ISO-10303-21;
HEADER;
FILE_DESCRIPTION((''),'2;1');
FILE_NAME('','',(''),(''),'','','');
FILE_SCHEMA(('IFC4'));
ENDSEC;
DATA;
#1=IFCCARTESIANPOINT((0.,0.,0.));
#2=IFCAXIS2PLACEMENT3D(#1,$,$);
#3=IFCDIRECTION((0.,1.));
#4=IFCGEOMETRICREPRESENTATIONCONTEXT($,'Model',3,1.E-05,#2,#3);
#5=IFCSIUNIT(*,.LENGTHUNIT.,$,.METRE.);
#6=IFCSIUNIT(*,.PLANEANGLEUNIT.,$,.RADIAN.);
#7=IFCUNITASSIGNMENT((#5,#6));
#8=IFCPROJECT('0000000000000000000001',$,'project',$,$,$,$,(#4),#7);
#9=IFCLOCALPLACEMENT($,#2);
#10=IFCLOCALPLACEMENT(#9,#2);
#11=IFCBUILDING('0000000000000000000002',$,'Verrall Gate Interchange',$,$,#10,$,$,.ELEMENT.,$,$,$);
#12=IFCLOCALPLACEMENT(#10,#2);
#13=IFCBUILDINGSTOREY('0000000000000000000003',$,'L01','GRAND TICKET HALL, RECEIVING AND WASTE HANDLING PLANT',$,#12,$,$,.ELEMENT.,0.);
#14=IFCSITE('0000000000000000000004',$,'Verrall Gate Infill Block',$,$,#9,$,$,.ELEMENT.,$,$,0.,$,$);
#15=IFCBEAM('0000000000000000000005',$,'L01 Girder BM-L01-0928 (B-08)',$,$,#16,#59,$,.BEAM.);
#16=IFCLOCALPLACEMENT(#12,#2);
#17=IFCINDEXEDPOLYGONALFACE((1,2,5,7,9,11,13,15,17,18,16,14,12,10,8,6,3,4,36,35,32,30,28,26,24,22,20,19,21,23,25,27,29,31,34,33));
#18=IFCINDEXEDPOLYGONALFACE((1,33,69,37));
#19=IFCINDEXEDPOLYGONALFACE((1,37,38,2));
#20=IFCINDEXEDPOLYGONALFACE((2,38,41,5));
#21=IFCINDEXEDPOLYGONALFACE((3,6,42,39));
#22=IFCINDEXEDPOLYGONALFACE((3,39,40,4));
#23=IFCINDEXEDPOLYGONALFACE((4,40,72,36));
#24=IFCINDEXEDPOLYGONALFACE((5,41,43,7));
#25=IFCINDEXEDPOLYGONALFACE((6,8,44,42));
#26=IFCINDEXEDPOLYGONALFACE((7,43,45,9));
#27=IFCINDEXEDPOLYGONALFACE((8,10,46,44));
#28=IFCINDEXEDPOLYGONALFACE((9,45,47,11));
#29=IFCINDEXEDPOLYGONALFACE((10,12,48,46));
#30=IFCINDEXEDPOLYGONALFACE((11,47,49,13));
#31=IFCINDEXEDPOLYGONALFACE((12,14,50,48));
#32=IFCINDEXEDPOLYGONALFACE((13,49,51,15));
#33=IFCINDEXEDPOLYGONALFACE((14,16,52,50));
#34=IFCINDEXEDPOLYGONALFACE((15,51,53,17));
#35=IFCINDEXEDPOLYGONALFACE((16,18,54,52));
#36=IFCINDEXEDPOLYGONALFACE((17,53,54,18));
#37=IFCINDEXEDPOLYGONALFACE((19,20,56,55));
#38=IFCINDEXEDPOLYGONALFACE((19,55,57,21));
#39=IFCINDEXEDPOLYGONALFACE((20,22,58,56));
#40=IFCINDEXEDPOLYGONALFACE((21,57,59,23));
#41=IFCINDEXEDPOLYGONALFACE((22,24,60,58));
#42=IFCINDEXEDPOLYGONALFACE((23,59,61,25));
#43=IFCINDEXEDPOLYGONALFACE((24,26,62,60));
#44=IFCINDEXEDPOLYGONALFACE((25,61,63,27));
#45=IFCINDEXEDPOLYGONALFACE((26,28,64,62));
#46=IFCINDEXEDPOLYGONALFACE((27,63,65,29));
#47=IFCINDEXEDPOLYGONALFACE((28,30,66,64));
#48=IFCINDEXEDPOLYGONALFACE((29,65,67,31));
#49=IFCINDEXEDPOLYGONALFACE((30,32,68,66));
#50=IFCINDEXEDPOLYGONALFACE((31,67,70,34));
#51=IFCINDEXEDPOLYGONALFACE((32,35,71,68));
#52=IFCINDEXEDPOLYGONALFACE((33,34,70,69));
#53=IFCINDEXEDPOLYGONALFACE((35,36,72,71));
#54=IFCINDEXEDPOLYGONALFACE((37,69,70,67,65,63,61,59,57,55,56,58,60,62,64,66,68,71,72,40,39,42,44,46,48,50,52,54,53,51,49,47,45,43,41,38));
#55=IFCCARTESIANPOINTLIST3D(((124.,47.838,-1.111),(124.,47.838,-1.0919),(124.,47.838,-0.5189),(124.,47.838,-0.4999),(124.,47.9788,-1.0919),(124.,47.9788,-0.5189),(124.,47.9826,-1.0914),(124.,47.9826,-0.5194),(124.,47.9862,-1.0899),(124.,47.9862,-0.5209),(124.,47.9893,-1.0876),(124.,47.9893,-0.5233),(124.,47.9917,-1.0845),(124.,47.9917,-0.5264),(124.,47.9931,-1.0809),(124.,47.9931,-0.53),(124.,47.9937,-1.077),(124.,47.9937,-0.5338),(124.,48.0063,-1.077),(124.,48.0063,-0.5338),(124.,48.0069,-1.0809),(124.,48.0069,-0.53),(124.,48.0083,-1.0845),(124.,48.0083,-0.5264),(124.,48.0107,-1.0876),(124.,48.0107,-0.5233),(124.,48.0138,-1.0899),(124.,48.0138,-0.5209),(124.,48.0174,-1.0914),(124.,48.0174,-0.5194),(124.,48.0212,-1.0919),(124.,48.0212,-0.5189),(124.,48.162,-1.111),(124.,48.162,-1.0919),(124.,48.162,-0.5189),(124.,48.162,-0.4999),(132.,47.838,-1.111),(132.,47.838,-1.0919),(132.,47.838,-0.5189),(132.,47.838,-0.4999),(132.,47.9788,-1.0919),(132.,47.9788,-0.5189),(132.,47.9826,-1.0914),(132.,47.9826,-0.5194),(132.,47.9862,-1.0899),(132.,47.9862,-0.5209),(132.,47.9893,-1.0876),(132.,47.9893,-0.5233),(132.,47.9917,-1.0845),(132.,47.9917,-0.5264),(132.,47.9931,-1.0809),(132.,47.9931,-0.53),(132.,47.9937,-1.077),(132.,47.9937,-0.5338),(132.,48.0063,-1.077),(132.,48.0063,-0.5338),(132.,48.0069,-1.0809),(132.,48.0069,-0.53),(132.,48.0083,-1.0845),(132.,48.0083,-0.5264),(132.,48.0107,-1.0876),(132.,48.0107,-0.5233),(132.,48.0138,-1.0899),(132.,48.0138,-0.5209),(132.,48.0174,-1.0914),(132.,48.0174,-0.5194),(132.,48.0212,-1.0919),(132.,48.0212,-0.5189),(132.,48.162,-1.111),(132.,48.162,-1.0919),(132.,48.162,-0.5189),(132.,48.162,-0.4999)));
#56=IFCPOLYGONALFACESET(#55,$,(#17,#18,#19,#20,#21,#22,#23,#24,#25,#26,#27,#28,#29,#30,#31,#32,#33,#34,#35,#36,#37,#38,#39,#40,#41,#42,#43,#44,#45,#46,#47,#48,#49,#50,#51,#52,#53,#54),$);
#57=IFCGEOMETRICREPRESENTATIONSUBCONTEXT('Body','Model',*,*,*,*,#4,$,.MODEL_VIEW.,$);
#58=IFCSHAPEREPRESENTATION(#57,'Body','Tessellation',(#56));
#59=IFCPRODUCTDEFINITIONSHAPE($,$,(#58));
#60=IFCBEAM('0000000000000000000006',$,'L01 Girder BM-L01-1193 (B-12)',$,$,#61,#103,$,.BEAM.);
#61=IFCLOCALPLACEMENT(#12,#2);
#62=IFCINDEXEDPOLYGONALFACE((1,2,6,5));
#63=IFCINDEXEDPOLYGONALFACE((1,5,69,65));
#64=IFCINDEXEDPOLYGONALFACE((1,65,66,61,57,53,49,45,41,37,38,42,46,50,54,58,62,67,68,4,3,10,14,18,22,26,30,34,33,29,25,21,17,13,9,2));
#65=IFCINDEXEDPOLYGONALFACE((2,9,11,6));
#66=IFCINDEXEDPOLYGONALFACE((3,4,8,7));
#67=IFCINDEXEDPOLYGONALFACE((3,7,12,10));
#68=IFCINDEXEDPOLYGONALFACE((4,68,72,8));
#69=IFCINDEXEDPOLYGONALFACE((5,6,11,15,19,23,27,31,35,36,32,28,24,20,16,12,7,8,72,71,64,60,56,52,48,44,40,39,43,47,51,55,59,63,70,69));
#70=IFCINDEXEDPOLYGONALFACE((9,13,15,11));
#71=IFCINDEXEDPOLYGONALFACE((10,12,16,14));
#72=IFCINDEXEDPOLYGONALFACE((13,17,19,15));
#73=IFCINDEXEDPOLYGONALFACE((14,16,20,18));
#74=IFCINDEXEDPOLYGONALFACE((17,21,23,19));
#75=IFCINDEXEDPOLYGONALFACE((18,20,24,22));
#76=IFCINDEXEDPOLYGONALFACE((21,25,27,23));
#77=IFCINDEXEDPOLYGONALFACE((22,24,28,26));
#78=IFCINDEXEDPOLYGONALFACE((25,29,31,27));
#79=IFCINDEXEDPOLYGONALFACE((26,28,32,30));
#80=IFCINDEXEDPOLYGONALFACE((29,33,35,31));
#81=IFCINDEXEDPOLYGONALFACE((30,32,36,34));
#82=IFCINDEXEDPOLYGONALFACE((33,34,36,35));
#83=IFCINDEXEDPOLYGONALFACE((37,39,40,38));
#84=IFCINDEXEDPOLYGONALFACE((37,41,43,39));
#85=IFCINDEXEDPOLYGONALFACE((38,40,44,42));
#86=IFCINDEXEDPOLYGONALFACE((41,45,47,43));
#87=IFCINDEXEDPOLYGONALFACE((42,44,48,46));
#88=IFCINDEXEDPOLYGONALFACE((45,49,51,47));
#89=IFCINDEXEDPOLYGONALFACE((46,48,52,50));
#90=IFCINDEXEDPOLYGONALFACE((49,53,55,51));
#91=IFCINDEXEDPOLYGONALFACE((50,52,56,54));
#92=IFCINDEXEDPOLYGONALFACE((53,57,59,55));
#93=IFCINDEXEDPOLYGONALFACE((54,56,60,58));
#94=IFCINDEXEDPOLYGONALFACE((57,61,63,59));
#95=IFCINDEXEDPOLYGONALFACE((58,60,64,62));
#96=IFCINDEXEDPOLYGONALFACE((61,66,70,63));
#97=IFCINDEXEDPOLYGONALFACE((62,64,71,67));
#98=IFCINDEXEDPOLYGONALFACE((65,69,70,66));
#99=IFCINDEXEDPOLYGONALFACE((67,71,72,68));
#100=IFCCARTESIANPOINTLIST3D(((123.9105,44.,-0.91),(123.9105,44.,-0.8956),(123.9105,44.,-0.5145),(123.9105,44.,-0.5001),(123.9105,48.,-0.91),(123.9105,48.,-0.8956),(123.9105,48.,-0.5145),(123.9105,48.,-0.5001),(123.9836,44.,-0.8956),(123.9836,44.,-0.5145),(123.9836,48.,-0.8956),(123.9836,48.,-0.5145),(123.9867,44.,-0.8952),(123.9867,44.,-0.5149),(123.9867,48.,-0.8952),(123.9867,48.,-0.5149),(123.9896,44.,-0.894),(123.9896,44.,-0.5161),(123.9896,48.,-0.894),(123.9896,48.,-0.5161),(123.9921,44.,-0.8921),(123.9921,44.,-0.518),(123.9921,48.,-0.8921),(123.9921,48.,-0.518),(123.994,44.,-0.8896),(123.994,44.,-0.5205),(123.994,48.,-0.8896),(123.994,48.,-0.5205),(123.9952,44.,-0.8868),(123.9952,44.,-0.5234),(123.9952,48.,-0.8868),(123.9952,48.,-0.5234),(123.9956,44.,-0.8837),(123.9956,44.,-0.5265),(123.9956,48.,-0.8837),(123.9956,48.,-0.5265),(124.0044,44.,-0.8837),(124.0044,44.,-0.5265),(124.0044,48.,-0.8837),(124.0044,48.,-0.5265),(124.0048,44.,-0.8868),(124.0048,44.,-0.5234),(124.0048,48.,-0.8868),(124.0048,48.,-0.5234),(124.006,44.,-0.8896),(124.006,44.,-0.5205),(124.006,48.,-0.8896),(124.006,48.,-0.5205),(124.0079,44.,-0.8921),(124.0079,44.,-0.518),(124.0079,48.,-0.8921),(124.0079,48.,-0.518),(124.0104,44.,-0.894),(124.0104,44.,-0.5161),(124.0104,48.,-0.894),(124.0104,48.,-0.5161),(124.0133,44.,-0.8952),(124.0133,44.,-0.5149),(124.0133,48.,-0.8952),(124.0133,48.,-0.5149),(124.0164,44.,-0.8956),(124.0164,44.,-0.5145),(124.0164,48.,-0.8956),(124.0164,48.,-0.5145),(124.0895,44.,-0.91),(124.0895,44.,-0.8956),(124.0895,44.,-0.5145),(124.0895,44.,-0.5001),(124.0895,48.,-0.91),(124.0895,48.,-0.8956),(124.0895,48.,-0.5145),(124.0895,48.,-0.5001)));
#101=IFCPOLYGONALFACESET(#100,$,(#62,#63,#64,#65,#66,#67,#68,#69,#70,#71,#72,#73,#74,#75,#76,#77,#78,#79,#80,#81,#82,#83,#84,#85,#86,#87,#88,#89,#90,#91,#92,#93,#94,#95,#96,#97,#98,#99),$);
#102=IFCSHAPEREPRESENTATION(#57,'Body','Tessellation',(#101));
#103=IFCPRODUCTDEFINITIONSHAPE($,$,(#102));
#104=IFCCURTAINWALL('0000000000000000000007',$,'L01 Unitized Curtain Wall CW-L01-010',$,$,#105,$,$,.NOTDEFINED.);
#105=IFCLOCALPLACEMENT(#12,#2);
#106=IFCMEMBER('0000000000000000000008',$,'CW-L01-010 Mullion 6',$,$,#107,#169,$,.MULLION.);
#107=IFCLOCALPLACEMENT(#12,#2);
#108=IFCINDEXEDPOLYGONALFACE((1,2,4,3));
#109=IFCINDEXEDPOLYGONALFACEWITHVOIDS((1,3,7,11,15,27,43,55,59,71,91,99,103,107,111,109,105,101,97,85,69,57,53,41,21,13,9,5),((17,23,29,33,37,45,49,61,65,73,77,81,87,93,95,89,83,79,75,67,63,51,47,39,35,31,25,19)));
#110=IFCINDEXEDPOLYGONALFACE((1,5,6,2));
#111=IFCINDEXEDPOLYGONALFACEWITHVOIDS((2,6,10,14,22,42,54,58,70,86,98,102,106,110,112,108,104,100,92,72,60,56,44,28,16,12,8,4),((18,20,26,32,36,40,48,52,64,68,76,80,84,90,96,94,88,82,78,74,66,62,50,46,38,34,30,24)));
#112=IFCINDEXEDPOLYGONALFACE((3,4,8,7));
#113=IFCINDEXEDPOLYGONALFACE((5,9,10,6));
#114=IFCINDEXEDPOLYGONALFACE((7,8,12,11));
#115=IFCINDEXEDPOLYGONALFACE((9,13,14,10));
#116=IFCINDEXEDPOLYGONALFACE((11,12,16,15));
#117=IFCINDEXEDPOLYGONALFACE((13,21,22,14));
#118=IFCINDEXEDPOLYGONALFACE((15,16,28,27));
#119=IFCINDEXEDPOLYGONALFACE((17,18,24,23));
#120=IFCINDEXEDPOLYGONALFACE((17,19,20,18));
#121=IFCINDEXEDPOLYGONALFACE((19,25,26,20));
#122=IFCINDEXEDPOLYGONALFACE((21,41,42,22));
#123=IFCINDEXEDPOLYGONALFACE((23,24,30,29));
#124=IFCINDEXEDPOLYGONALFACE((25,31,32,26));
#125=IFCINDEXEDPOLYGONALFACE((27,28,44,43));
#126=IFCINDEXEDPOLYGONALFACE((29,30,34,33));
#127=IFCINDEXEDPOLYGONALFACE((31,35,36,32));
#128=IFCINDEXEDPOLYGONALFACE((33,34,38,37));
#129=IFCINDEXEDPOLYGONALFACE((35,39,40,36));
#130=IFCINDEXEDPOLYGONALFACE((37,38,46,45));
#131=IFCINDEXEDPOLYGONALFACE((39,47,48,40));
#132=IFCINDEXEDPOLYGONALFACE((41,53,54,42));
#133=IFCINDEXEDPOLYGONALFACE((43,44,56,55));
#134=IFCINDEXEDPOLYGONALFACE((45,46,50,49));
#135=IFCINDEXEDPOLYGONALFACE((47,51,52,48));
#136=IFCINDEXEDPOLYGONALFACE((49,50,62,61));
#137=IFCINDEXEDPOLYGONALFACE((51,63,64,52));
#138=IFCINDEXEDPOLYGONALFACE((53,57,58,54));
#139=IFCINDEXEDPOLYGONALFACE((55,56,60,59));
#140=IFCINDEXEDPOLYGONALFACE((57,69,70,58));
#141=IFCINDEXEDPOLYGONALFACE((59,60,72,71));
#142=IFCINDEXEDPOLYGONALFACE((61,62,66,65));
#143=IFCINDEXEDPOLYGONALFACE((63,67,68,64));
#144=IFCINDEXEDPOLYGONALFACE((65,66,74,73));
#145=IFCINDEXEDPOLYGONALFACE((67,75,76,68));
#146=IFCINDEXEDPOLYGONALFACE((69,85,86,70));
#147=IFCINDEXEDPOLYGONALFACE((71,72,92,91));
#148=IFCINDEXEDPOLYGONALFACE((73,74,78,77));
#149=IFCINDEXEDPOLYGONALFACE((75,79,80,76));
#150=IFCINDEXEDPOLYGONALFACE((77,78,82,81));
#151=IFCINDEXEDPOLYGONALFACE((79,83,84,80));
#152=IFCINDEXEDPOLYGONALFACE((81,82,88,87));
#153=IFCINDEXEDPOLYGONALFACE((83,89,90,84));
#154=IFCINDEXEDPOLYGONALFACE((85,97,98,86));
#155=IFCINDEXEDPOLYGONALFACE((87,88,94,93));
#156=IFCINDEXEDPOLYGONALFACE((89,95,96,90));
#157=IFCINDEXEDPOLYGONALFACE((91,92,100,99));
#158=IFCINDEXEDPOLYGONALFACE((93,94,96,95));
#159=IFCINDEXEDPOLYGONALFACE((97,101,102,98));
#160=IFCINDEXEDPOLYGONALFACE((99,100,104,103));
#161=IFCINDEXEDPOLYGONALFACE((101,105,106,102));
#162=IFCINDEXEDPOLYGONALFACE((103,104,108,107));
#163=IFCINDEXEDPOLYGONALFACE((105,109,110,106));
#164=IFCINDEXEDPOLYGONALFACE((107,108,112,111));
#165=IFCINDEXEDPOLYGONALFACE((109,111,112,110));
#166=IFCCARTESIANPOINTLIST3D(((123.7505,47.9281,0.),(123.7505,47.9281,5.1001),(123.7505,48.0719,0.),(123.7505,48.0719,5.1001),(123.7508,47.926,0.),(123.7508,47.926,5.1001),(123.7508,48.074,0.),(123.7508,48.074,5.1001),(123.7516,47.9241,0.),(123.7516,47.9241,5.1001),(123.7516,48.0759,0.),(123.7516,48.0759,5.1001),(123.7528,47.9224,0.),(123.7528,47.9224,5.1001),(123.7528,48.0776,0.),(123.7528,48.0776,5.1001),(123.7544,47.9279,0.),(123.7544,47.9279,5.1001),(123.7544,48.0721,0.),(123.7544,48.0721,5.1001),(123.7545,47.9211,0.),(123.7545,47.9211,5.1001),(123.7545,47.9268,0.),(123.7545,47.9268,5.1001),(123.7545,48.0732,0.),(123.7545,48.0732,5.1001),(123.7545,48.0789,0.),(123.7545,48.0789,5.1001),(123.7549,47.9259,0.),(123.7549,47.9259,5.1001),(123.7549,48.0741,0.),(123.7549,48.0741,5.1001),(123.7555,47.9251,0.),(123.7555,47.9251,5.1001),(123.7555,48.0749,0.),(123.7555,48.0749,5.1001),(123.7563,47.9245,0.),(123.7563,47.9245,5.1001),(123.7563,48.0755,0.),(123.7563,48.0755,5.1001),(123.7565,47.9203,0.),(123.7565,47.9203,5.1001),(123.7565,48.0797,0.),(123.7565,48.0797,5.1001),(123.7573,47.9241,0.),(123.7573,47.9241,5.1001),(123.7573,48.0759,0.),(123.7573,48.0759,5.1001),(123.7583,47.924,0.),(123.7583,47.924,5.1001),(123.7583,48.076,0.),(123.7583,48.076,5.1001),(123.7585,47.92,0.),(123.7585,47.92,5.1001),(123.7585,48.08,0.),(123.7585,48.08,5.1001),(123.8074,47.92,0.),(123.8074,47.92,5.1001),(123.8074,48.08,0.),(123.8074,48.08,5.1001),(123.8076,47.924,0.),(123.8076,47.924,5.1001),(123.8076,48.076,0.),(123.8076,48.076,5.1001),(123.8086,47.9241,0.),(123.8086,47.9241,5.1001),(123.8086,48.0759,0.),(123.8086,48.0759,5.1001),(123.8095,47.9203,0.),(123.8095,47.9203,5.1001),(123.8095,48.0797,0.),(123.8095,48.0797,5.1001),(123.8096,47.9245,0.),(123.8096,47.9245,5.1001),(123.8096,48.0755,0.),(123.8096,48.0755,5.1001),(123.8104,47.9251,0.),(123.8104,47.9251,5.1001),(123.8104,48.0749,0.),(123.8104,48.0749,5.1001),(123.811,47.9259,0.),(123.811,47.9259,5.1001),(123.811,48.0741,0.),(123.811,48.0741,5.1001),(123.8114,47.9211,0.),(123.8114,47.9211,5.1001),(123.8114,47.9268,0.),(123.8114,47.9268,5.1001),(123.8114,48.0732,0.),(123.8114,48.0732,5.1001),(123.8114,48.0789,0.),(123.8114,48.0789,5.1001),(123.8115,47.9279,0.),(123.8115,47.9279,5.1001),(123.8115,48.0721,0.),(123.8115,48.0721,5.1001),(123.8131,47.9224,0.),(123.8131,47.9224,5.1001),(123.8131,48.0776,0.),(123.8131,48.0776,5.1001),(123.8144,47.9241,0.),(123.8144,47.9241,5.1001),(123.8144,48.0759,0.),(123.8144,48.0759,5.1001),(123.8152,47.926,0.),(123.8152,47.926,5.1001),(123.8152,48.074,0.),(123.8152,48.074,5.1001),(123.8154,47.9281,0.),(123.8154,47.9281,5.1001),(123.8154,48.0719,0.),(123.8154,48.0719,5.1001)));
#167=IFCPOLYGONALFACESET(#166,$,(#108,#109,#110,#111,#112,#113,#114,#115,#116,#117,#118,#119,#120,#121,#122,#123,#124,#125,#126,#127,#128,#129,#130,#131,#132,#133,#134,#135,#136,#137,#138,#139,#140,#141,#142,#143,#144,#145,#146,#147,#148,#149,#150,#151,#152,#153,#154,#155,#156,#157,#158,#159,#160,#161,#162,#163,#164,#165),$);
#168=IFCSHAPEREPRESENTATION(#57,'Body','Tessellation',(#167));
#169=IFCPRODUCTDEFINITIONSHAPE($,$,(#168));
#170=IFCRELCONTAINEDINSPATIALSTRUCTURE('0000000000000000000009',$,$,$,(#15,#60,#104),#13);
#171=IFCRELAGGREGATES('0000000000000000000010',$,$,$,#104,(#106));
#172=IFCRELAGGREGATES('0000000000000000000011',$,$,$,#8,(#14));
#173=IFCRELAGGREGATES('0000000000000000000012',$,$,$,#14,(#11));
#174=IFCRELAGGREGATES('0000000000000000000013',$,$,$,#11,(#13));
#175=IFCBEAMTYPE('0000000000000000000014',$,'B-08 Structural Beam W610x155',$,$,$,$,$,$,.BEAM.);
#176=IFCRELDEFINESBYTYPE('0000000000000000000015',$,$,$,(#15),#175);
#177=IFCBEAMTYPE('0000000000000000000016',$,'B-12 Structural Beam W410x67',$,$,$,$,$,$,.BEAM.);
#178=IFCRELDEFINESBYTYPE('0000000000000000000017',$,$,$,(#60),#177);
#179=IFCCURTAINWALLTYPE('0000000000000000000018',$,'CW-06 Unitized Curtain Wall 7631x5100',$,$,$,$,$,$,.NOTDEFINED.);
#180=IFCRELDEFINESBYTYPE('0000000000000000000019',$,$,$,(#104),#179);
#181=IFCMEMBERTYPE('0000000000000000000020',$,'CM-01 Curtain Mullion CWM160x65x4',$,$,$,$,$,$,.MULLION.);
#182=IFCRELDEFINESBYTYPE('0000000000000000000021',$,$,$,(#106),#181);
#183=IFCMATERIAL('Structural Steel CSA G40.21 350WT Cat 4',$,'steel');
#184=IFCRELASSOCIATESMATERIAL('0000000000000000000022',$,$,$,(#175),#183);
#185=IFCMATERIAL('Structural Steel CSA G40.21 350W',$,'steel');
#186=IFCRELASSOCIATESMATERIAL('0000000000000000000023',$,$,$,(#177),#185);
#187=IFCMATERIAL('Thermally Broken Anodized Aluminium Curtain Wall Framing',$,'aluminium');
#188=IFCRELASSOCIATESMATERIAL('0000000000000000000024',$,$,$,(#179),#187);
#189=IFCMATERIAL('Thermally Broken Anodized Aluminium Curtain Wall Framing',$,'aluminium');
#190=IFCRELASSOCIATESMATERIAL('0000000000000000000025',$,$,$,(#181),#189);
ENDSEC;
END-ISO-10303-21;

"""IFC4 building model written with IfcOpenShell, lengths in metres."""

from ifc_helpers import new_model, si_unit, direction, frame, origin, origin_2d, place, context, subcontext, project, spatial, hollow_rectangle, i_section, extrude, material, material_profile, profile_set, type_object, element, aggregate, save


model = new_model("IFC4")

# Units and contexts
model_context = context("Model", 3, precision=1e-05, world=origin(), true_north=direction((0.0, 1.0)))
body_context = subcontext(model_context, "Body", "Model", "MODEL_VIEW")
ifc_project = project(units=[si_unit("LENGTHUNIT", "METRE"), si_unit("PLANEANGLEUNIT", "RADIAN")], contexts=[model_context])

# Site, building, storey
site_placement = place(None, origin())
site = spatial("IfcSite", under=ifc_project, at=site_placement, Name="Verrall Gate Infill Block", CompositionType="ELEMENT", RefElevation=0.0)
building_placement = place(site_placement, origin())
building = spatial("IfcBuilding", under=site, at=building_placement, Name="Verrall Gate Interchange", CompositionType="ELEMENT")
storey_placement = place(building_placement, origin())
storey = spatial("IfcBuildingStorey", under=building, at=storey_placement, Name="L01", Description="GRAND TICKET HALL, RECEIVING AND WASTE HANDLING PLANT", CompositionType="ELEMENT", Elevation=0.0)

# Beams
ifc_material_1 = material(Name="Structural Steel CSA G40.21 350WT Cat 4", Category="steel")
ifc_material_profile_1 = material_profile(ifc_material_1, i_section(OverallWidth=0.324, OverallDepth=0.6111, WebThickness=0.0127, FlangeThickness=0.019, FilletRadius=0.0149, at=origin_2d()), Name="W610x155")
ifc_profile_set_1 = profile_set([ifc_material_profile_1], Name="Structural Steel CSA G40.21 350WT Cat 4")
beam_type_1 = type_object("IfcBeamType", Name="B-08 Structural Beam W610x155", PredefinedType="BEAM", material=ifc_profile_set_1)
for number, where, z_axis, x_axis, name in (
    (1, (124.0, 48.0, -0.8054), (1.0, 0.0, 0.0), (0.0, 1.0, 0.0), "L01 Girder BM-L01-0928 (B-08)"),
):
    element("IfcBeam", number, at=place(storey_placement, frame(where, z_axis=z_axis, x_axis=x_axis)), inside=storey, type_object=beam_type_1, Name=name, PredefinedType="BEAM", context=body_context, shape_type="SweptSolid", body=[
        extrude(i_section(OverallWidth=0.324, OverallDepth=0.6111, WebThickness=0.0127, FlangeThickness=0.019, FilletRadius=0.0149, at=origin_2d()), origin(), (0.0, 0.0, 1.0), 8.0),
    ])
ifc_material_2 = material(Name="Structural Steel CSA G40.21 350W", Category="steel")
ifc_material_profile_2 = material_profile(ifc_material_2, i_section(OverallWidth=0.179, OverallDepth=0.4099, WebThickness=0.0088, FlangeThickness=0.0144, FilletRadius=0.012, at=origin_2d()), Name="W410x67")
ifc_profile_set_2 = profile_set([ifc_material_profile_2], Name="Structural Steel CSA G40.21 350W")
beam_type_2 = type_object("IfcBeamType", Name="B-12 Structural Beam W410x67", PredefinedType="BEAM", material=ifc_profile_set_2)
beam_1_placement = place(storey_placement, frame((124.0, 44.0, -0.7051), z_axis=(0.0, 1.0, 0.0), x_axis=(-1.0, 0.0, 0.0)))
element("IfcBeam", 2, at=beam_1_placement, inside=storey, type_object=beam_type_2, Name="L01 Girder BM-L01-1193 (B-12)", PredefinedType="BEAM", context=body_context, shape_type="SweptSolid", body=[
    extrude(i_section(OverallWidth=0.179, OverallDepth=0.4099, WebThickness=0.0088, FlangeThickness=0.0144, FilletRadius=0.012, at=origin_2d()), origin(), (0.0, 0.0, 1.0), 4.0),
])

# Curtain wall, member
ifc_material_3 = material(Name="Thermally Broken Anodized Aluminium Curtain Wall Framing", Category="aluminium")
curtain_wall_type = type_object("IfcCurtainWallType", Name="CW-06 Unitized Curtain Wall 7631x5100", PredefinedType="NOTDEFINED", material=ifc_material_3)
curtain_wall_1_placement = place(storey_placement, origin())
curtain_wall_1 = element("IfcCurtainWall", 3, at=curtain_wall_1_placement, inside=storey, type_object=curtain_wall_type, Name="L01 Unitized Curtain Wall CW-L01-010", PredefinedType="NOTDEFINED")
ifc_material_4 = material(Name="Thermally Broken Anodized Aluminium Curtain Wall Framing", Category="aluminium")
ifc_material_profile_3 = material_profile(ifc_material_4, hollow_rectangle(XDim=0.0649, YDim=0.1599, WallThickness=0.0039, InnerFilletRadius=0.0039, OuterFilletRadius=0.0081, at=origin_2d()), Name="CWM160x65x4")
ifc_profile_set_3 = profile_set([ifc_material_profile_3], Name="Thermally Broken Anodized Aluminium Curtain Wall Framing")
member_type_1 = type_object("IfcMemberType", Name="CM-01 Curtain Mullion CWM160x65x4", PredefinedType="MULLION", material=ifc_profile_set_3)
member_1_placement = place(storey_placement, frame((123.783, 48.0, 0.0), z_axis=(0.0, 0.0, 1.0), x_axis=(1.0, 0.0, 0.0)))
member_1 = element("IfcMember", 4, at=member_1_placement, type_object=member_type_1, Name="CW-L01-010 Mullion 6", PredefinedType="MULLION", context=body_context, shape_type="SweptSolid", body=[
    extrude(hollow_rectangle(XDim=0.0649, YDim=0.1599, WallThickness=0.0039, InnerFilletRadius=0.0039, OuterFilletRadius=0.0081, at=origin_2d()), origin(), (0.0, 0.0, 1.0), 5.1001),
])

aggregate(curtain_wall_1, [member_1])

save(model, "model.ifc")
